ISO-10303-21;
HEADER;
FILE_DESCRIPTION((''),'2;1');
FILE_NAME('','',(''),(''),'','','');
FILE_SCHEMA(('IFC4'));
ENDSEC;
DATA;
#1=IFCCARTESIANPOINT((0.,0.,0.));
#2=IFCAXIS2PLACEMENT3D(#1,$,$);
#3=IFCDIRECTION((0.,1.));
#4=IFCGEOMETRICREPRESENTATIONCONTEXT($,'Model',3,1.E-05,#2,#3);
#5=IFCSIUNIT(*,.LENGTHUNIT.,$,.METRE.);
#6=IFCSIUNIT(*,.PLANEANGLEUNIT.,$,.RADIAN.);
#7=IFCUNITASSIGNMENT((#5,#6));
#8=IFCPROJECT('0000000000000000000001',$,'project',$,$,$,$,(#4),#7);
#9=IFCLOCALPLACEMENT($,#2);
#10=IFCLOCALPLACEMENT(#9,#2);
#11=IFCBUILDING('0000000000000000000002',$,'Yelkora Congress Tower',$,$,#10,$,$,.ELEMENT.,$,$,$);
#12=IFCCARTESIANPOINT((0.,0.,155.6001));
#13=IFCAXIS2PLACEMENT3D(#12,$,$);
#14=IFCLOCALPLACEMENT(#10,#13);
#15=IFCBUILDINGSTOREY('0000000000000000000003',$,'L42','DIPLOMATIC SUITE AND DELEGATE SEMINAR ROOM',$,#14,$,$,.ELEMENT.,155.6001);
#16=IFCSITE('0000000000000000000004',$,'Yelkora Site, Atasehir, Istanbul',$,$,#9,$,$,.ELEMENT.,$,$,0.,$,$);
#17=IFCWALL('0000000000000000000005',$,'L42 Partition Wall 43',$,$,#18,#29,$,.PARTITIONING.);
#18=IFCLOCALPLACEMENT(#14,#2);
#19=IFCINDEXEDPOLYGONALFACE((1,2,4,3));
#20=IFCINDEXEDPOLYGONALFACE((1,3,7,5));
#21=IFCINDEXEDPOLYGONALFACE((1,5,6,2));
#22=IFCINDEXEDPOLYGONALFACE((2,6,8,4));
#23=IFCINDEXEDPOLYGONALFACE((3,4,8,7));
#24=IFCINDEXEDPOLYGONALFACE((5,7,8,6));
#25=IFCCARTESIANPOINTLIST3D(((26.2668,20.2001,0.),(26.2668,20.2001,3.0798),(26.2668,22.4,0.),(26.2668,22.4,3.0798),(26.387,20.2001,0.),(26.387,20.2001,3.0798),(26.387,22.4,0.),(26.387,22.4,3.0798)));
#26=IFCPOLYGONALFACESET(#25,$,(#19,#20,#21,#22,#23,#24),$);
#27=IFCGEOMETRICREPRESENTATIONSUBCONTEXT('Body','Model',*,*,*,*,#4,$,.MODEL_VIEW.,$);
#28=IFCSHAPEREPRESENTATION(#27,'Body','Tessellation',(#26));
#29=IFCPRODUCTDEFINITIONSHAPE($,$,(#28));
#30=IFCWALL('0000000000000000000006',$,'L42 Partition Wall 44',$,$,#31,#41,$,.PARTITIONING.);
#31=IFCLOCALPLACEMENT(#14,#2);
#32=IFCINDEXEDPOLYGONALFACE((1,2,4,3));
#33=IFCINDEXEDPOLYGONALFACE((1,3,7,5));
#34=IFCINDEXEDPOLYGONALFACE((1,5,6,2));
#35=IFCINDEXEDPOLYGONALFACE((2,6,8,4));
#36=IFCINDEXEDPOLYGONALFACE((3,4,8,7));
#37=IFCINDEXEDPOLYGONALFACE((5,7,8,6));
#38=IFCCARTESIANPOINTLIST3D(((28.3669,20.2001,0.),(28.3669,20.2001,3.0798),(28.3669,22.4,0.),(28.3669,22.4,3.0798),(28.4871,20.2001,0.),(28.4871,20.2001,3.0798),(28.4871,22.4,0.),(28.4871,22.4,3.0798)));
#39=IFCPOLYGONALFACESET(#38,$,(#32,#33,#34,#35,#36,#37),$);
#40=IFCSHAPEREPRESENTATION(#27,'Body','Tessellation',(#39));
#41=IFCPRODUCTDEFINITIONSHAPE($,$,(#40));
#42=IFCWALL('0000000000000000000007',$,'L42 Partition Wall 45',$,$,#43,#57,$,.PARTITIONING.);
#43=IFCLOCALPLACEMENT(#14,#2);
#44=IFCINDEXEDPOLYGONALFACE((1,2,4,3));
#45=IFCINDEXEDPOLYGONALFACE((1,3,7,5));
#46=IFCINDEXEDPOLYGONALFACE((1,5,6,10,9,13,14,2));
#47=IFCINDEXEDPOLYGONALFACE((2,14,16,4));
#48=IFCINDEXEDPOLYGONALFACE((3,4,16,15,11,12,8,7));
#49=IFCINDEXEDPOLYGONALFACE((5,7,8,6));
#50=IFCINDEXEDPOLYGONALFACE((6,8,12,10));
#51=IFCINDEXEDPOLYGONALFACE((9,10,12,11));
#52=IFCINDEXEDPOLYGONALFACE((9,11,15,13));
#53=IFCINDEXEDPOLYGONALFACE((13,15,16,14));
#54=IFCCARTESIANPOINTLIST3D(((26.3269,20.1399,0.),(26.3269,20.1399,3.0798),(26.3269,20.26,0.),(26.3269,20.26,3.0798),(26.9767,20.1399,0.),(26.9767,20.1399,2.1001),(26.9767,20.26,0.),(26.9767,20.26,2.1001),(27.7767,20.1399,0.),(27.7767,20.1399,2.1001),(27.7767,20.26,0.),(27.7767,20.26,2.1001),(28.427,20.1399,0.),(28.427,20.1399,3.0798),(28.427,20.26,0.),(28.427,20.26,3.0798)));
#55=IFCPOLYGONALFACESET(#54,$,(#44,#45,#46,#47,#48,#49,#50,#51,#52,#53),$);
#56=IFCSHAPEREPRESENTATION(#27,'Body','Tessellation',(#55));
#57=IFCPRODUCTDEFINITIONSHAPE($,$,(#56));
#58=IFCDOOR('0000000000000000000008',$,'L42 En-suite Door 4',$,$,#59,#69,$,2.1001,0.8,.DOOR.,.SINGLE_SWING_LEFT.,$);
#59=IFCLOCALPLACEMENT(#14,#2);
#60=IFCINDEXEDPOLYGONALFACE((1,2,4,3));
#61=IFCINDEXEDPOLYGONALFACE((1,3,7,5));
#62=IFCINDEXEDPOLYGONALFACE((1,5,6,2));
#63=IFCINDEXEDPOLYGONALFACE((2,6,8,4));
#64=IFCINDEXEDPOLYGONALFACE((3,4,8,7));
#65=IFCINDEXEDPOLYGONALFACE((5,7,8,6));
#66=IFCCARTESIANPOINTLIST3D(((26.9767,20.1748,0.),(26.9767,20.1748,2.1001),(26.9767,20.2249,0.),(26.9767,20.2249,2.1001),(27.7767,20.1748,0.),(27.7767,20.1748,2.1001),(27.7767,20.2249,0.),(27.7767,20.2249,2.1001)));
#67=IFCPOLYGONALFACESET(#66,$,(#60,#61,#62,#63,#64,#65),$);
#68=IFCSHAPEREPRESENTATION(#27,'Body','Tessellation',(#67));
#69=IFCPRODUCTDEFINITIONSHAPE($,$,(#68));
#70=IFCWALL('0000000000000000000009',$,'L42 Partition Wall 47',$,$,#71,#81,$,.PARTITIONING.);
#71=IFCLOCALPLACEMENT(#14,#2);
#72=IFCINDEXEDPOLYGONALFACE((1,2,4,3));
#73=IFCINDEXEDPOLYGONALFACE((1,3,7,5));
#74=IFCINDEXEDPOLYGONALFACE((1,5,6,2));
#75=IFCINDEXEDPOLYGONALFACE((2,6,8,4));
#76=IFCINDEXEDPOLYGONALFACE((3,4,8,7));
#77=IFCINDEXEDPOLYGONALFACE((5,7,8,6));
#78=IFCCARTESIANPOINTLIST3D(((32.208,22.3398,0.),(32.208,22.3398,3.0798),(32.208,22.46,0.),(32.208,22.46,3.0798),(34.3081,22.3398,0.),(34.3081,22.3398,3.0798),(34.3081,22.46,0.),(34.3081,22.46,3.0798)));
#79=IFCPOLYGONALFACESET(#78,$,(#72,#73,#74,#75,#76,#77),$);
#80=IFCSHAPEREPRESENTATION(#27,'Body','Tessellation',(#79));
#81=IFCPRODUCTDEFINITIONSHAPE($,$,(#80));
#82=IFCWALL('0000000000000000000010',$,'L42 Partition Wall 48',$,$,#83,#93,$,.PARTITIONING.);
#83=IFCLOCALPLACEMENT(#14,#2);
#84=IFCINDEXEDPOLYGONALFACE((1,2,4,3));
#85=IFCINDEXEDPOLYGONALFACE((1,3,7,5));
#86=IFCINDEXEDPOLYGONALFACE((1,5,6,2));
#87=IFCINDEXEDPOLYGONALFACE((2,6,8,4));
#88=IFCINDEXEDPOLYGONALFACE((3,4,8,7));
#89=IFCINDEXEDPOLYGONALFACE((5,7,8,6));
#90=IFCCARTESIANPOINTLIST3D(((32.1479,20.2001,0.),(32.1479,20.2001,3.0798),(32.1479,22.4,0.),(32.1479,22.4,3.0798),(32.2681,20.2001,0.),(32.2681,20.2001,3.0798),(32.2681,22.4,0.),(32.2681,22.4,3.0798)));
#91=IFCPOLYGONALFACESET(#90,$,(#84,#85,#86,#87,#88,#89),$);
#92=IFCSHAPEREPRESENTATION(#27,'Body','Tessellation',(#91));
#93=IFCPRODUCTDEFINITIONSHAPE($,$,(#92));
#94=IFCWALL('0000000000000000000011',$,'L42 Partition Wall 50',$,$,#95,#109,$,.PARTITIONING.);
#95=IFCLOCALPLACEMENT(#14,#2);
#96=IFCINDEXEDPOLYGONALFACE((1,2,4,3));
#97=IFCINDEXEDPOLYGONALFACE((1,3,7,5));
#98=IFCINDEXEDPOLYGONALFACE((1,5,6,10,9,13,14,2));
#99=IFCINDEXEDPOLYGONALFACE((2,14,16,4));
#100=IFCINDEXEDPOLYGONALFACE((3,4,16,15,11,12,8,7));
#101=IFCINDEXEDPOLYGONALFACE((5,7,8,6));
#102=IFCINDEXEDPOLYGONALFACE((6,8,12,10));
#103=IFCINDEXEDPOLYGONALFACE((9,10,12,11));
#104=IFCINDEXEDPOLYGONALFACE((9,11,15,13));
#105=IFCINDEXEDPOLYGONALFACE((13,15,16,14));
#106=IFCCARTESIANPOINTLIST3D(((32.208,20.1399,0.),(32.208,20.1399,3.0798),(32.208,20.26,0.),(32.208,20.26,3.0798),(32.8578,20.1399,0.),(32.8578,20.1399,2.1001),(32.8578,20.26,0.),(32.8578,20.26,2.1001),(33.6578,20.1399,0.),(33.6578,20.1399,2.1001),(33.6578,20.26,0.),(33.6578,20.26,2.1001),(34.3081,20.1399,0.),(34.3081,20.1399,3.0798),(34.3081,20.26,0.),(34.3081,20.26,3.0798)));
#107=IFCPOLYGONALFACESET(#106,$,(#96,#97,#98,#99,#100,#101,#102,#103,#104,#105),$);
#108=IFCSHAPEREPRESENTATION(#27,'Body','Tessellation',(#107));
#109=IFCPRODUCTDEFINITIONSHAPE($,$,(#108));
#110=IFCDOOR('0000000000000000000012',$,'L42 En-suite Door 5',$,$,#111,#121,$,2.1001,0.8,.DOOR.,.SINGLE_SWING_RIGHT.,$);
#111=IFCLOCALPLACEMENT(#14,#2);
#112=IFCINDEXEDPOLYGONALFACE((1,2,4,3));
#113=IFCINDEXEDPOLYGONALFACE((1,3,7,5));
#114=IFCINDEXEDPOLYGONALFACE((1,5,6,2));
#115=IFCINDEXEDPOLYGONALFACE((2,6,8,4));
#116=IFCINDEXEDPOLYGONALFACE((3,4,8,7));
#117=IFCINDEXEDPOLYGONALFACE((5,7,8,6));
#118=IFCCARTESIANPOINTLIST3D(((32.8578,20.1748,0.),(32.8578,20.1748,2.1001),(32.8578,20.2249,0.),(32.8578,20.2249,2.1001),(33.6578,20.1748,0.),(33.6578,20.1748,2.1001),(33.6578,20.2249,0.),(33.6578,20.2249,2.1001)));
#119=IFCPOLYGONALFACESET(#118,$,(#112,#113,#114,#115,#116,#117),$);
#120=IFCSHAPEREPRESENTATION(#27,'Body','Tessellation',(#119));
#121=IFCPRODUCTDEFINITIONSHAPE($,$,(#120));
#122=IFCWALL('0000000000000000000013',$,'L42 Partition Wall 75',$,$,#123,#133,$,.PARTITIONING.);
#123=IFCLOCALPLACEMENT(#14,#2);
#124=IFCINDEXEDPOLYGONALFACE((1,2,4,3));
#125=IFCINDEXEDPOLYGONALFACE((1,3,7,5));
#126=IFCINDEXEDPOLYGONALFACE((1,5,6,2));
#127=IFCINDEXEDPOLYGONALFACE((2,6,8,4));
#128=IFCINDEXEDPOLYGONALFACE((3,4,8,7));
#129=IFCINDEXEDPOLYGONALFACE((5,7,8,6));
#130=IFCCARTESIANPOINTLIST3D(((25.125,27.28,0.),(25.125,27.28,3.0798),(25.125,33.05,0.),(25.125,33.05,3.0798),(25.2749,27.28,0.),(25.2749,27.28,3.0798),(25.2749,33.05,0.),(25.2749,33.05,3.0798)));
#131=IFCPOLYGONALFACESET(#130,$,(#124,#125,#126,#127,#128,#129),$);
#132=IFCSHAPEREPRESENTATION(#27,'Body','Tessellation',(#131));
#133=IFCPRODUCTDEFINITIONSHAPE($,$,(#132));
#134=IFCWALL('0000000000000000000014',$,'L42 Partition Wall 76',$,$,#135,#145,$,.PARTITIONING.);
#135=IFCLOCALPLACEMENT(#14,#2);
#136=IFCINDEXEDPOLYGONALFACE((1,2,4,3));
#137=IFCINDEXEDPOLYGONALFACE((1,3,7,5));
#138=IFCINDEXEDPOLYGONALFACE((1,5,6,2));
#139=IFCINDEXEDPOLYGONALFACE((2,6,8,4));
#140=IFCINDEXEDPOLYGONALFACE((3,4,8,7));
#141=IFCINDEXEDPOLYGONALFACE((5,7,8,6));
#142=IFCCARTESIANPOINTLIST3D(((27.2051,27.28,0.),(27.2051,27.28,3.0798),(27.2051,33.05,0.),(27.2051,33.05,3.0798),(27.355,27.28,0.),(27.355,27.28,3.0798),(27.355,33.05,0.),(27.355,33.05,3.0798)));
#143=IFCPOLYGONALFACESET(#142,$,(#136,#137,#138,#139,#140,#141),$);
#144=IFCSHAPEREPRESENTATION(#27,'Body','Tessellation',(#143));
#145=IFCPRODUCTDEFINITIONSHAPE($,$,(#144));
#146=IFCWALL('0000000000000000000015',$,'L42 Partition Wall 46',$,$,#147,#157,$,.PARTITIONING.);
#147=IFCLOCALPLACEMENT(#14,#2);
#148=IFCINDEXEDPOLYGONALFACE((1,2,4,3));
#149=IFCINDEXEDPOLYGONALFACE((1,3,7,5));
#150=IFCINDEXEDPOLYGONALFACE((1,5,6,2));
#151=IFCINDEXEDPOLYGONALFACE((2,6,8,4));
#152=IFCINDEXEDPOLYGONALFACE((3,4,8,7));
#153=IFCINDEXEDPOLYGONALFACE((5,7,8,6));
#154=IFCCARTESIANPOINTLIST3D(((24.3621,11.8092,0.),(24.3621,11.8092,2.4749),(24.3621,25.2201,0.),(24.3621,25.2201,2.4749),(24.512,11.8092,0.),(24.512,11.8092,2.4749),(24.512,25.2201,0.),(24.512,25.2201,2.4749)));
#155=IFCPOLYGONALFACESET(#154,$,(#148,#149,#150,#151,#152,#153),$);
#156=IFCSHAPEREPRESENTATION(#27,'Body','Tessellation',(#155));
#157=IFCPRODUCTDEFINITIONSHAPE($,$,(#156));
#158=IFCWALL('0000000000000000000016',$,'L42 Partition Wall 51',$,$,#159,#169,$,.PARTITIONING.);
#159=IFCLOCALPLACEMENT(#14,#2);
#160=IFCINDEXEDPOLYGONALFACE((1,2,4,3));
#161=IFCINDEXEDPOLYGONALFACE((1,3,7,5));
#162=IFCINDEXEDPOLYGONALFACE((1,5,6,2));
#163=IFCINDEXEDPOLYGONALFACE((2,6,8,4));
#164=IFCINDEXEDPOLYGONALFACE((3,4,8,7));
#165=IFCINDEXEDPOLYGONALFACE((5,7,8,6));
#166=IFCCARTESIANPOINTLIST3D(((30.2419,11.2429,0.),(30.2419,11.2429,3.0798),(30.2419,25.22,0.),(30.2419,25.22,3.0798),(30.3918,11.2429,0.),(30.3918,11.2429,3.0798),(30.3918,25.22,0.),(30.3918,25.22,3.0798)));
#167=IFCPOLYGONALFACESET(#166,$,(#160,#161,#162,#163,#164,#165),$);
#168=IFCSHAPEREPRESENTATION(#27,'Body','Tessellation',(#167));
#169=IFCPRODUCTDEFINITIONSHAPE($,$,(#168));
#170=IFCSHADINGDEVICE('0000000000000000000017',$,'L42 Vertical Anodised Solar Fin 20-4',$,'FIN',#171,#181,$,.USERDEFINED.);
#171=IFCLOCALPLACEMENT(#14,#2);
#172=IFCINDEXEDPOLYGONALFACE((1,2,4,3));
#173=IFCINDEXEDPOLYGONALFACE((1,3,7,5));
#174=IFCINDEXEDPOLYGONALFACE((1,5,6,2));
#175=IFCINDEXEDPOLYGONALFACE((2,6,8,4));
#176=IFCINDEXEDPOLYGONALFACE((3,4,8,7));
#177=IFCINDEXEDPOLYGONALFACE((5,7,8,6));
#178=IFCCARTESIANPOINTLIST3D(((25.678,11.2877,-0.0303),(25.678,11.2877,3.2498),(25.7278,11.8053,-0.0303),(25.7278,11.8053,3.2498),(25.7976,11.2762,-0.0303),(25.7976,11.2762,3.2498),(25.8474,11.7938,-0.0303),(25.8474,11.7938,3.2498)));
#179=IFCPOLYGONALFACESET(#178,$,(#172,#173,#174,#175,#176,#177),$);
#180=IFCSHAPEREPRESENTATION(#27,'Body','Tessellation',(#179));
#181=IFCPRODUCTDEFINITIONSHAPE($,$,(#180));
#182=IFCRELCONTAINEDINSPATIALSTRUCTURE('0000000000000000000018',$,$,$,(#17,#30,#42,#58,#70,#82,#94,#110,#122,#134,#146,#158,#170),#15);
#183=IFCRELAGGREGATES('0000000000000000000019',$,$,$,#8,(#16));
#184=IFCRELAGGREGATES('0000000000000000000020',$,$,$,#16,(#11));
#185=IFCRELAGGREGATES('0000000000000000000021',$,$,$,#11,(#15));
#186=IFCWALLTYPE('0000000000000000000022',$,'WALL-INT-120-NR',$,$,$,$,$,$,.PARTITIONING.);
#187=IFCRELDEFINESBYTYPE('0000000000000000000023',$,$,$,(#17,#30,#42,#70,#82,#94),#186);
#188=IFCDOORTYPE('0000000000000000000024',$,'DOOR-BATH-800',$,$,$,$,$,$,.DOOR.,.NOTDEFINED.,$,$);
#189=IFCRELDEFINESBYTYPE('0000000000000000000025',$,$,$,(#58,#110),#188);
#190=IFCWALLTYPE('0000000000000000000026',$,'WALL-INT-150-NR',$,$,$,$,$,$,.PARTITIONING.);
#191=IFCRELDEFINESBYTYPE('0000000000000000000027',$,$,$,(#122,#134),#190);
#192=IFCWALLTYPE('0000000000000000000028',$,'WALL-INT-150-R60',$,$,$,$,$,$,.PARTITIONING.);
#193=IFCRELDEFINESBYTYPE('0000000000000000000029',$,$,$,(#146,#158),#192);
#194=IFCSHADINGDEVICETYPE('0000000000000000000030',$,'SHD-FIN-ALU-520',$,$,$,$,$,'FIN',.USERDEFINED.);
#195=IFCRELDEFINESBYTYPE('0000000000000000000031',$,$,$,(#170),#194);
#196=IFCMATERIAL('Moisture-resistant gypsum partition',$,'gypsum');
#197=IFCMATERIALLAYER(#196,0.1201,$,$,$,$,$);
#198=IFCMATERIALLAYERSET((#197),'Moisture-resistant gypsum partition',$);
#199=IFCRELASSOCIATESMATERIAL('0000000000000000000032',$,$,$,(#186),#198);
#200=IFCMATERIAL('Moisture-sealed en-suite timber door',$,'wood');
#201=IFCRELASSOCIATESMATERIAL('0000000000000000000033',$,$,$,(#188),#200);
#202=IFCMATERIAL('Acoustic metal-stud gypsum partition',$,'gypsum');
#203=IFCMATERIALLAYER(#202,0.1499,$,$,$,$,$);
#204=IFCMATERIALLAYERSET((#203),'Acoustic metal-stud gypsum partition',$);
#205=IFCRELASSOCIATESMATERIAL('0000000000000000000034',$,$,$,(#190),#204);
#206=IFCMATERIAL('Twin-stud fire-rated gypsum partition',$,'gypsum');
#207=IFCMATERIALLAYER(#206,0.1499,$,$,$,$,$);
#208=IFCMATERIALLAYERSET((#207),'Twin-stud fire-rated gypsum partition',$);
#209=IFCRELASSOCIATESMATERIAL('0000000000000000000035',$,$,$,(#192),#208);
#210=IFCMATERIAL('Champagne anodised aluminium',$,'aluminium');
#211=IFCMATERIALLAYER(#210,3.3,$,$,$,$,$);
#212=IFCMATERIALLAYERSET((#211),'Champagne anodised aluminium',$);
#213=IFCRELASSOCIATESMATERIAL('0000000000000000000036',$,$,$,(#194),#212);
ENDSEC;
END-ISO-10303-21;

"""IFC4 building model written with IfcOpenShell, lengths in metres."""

from ifc_helpers import new_model, si_unit, direction, frame, frame_2d, origin, origin_2d, place, context, subcontext, project, spatial, rectangle, extrude, material, layer, layer_set, type_object, element, fill, save


model = new_model("IFC4")

# Units and contexts
model_context = context("Model", 3, precision=1e-05, world=origin(), true_north=direction((0.0, 1.0)))
body_context = subcontext(model_context, "Body", "Model", "MODEL_VIEW")
ifc_project = project(units=[si_unit("LENGTHUNIT", "METRE"), si_unit("PLANEANGLEUNIT", "RADIAN")], contexts=[model_context])

# Site, building, storey
site_placement = place(None, origin())
site = spatial("IfcSite", under=ifc_project, at=site_placement, Name="Yelkora Site, Atasehir, Istanbul", CompositionType="ELEMENT", RefElevation=0.0)
building_placement = place(site_placement, origin())
building = spatial("IfcBuilding", under=site, at=building_placement, Name="Yelkora Congress Tower", CompositionType="ELEMENT")
storey_placement = place(building_placement, frame((0.0, 0.0, 155.6001)))
storey = spatial("IfcBuildingStorey", under=building, at=storey_placement, Name="L42", Description="DIPLOMATIC SUITE AND DELEGATE SEMINAR ROOM", CompositionType="ELEMENT", Elevation=155.6001)

# Walls
ifc_material_1 = material(Name="Moisture-resistant gypsum partition", Category="gypsum")
ifc_layer_1 = layer(ifc_material_1, 0.1201)
ifc_layer_set_1 = layer_set([ifc_layer_1], Name="Moisture-resistant gypsum partition")
wall_type_1 = type_object("IfcWallType", Name="WALL-INT-120-NR", PredefinedType="PARTITIONING", material=ifc_layer_set_1)
for number, where, z_axis, x_axis, name in (
    (1, (26.3269, 20.2, 0.0), (0.0, 0.0, 1.0), (0.0, 1.0, 0.0), "L42 Partition Wall 43"),
    (2, (28.427, 20.2, 0.0), (0.0, 0.0, 1.0), (0.0, 1.0, 0.0), "L42 Partition Wall 44"),
):
    element("IfcWall", number, at=place(storey_placement, frame(where, z_axis=z_axis, x_axis=x_axis)), inside=storey, type_object=wall_type_1, Name=name, PredefinedType="PARTITIONING", context=body_context, shape_type="SweptSolid", body=[
        extrude(rectangle(XDim=2.2, YDim=0.1201, at=frame_2d((1.1001, 0.0))), origin(), (0.0, 0.0, 1.0), 3.0798),
    ])

# Wall, opening, door
wall_1_placement = place(storey_placement, frame((26.3269, 20.2, 0.0), z_axis=(0.0, 0.0, 1.0), x_axis=(1.0, 0.0, 0.0)))
wall_1 = element("IfcWall", 3, at=wall_1_placement, inside=storey, type_object=wall_type_1, Name="L42 Partition Wall 45", PredefinedType="PARTITIONING", context=body_context, shape_type="SweptSolid", body=[
    extrude(rectangle(XDim=2.1001, YDim=0.1201, at=frame_2d((1.05, 0.0))), origin(), (0.0, 0.0, 1.0), 3.0798),
])
opening_1_placement = place(wall_1_placement, frame((0.6499, 0.0, 0.0)))
opening_1 = element("IfcOpeningElement", 4, at=opening_1_placement, cuts=wall_1, PredefinedType="OPENING", context=body_context, shape_type="SweptSolid", body=[
    extrude(rectangle(XDim=0.8, YDim=2.1001, at=frame_2d((0.3999, 1.05))), frame((0.0, 0.0701, 0.0), z_axis=(0.0, -1.0, 0.0), x_axis=(1.0, 0.0, 0.0)), (0.0, 0.0, 1.0), 0.1401),
])
ifc_material_2 = material(Name="Moisture-sealed en-suite timber door", Category="wood")
door_type = type_object("IfcDoorType", Name="DOOR-BATH-800", OperationType="NOTDEFINED", PredefinedType="DOOR", material=ifc_material_2)
door_1_placement = place(opening_1_placement, origin())
door_1 = element("IfcDoor", 5, at=door_1_placement, inside=storey, type_object=door_type, Name="L42 En-suite Door 4", OperationType="SINGLE_SWING_LEFT", OverallHeight=2.1001, OverallWidth=0.8, PredefinedType="DOOR", context=body_context, shape_type="SweptSolid", body=[
    extrude(rectangle(XDim=0.8, YDim=2.1001, at=frame_2d((0.3999, 1.05))), frame((0.0, 0.0249, 0.0), z_axis=(0.0, -1.0, 0.0), x_axis=(1.0, 0.0, 0.0)), (0.0, 0.0, 1.0), 0.05),
])
fill(opening_1, door_1)

# Walls
wall_2_placement = place(storey_placement, frame((32.208, 22.3999, 0.0), z_axis=(0.0, 0.0, 1.0), x_axis=(1.0, 0.0, 0.0)))
element("IfcWall", 6, at=wall_2_placement, inside=storey, type_object=wall_type_1, Name="L42 Partition Wall 47", PredefinedType="PARTITIONING", context=body_context, shape_type="SweptSolid", body=[
    extrude(rectangle(XDim=2.1001, YDim=0.1201, at=frame_2d((1.05, 0.0))), origin(), (0.0, 0.0, 1.0), 3.0798),
])
wall_3_placement = place(storey_placement, frame((32.208, 20.2, 0.0), z_axis=(0.0, 0.0, 1.0), x_axis=(0.0, 1.0, 0.0)))
element("IfcWall", 7, at=wall_3_placement, inside=storey, type_object=wall_type_1, Name="L42 Partition Wall 48", PredefinedType="PARTITIONING", context=body_context, shape_type="SweptSolid", body=[
    extrude(rectangle(XDim=2.2, YDim=0.1201, at=frame_2d((1.1001, 0.0))), origin(), (0.0, 0.0, 1.0), 3.0798),
])

# Wall, opening, door
wall_4_placement = place(storey_placement, frame((32.208, 20.2, 0.0), z_axis=(0.0, 0.0, 1.0), x_axis=(1.0, 0.0, 0.0)))
wall_4 = element("IfcWall", 8, at=wall_4_placement, inside=storey, type_object=wall_type_1, Name="L42 Partition Wall 50", PredefinedType="PARTITIONING", context=body_context, shape_type="SweptSolid", body=[
    extrude(rectangle(XDim=2.1001, YDim=0.1201, at=frame_2d((1.05, 0.0))), origin(), (0.0, 0.0, 1.0), 3.0798),
])
opening_2_placement = place(wall_4_placement, frame((0.6499, 0.0, 0.0)))
opening_2 = element("IfcOpeningElement", 9, at=opening_2_placement, cuts=wall_4, PredefinedType="OPENING", context=body_context, shape_type="SweptSolid", body=[
    extrude(rectangle(XDim=0.8, YDim=2.1001, at=frame_2d((0.3999, 1.05))), frame((0.0, 0.0701, 0.0), z_axis=(0.0, -1.0, 0.0), x_axis=(1.0, 0.0, 0.0)), (0.0, 0.0, 1.0), 0.1401),
])
door_2_placement = place(opening_2_placement, origin())
door_2 = element("IfcDoor", 10, at=door_2_placement, inside=storey, type_object=door_type, Name="L42 En-suite Door 5", OperationType="SINGLE_SWING_RIGHT", OverallHeight=2.1001, OverallWidth=0.8, PredefinedType="DOOR", context=body_context, shape_type="SweptSolid", body=[
    extrude(rectangle(XDim=0.8, YDim=2.1001, at=frame_2d((0.3999, 1.05))), frame((0.0, 0.0249, 0.0), z_axis=(0.0, -1.0, 0.0), x_axis=(1.0, 0.0, 0.0)), (0.0, 0.0, 1.0), 0.05),
])
fill(opening_2, door_2)

# Walls
ifc_material_3 = material(Name="Acoustic metal-stud gypsum partition", Category="gypsum")
ifc_layer_2 = layer(ifc_material_3, 0.1499)
ifc_layer_set_2 = layer_set([ifc_layer_2], Name="Acoustic metal-stud gypsum partition")
wall_type_2 = type_object("IfcWallType", Name="WALL-INT-150-NR", PredefinedType="PARTITIONING", material=ifc_layer_set_2)
for number, where, z_axis, x_axis, name in (
    (11, (25.2, 27.28, 0.0), (0.0, 0.0, 1.0), (0.0, 1.0, 0.0), "L42 Partition Wall 75"),
    (12, (27.28, 27.28, 0.0), (0.0, 0.0, 1.0), (0.0, 1.0, 0.0), "L42 Partition Wall 76"),
):
    element("IfcWall", number, at=place(storey_placement, frame(where, z_axis=z_axis, x_axis=x_axis)), inside=storey, type_object=wall_type_2, Name=name, PredefinedType="PARTITIONING", context=body_context, shape_type="SweptSolid", body=[
        extrude(rectangle(XDim=5.77, YDim=0.1499, at=frame_2d((2.885, 0.0))), origin(), (0.0, 0.0, 1.0), 3.0798),
    ])
ifc_material_4 = material(Name="Twin-stud fire-rated gypsum partition", Category="gypsum")
ifc_layer_3 = layer(ifc_material_4, 0.1499)
ifc_layer_set_3 = layer_set([ifc_layer_3], Name="Twin-stud fire-rated gypsum partition")
wall_type_3 = type_object("IfcWallType", Name="WALL-INT-150-R60", PredefinedType="PARTITIONING", material=ifc_layer_set_3)
wall_5_placement = place(storey_placement, frame((24.437, 11.8091, 0.0), z_axis=(0.0, 0.0, 1.0), x_axis=(0.0, 1.0, 0.0)))
element("IfcWall", 13, at=wall_5_placement, inside=storey, type_object=wall_type_3, Name="L42 Partition Wall 46", PredefinedType="PARTITIONING", context=body_context, shape_type="SweptSolid", body=[
    extrude(rectangle(XDim=13.4109, YDim=0.1499, at=frame_2d((6.7056, 0.0))), origin(), (0.0, 0.0, 1.0), 2.4749),
])
wall_6_placement = place(storey_placement, frame((30.3169, 11.2429, 0.0), z_axis=(0.0, 0.0, 1.0), x_axis=(0.0, 1.0, 0.0)))
element("IfcWall", 14, at=wall_6_placement, inside=storey, type_object=wall_type_3, Name="L42 Partition Wall 51", PredefinedType="PARTITIONING", context=body_context, shape_type="SweptSolid", body=[
    extrude(rectangle(XDim=13.9771, YDim=0.1499, at=frame_2d((6.9885, 0.0))), origin(), (0.0, 0.0, 1.0), 3.0798),
])

# Shading device
ifc_material_5 = material(Name="Champagne anodised aluminium", Category="aluminium")
ifc_layer_4 = layer(ifc_material_5, 3.3)
ifc_layer_set_4 = layer_set([ifc_layer_4], Name="Champagne anodised aluminium")
shading_device_type = type_object("IfcShadingDeviceType", Name="SHD-FIN-ALU-520", ElementType="FIN", PredefinedType="USERDEFINED", material=ifc_layer_set_4)
shading_device_placement = place(storey_placement, frame((25.7627, 11.5408, -0.0303), z_axis=(0.0, 0.0, 1.0), x_axis=(-0.995396, 0.095846, 0.0)))
element("IfcShadingDevice", 15, at=shading_device_placement, inside=storey, type_object=shading_device_type, Name="L42 Vertical Anodised Solar Fin 20-4", ObjectType="FIN", PredefinedType="USERDEFINED", context=body_context, shape_type="SweptSolid", body=[
    extrude(rectangle(XDim=0.1201, YDim=0.52, at=origin_2d()), origin(), (0.0, 0.0, 1.0), 3.28),
])

save(model, "model.ifc")
